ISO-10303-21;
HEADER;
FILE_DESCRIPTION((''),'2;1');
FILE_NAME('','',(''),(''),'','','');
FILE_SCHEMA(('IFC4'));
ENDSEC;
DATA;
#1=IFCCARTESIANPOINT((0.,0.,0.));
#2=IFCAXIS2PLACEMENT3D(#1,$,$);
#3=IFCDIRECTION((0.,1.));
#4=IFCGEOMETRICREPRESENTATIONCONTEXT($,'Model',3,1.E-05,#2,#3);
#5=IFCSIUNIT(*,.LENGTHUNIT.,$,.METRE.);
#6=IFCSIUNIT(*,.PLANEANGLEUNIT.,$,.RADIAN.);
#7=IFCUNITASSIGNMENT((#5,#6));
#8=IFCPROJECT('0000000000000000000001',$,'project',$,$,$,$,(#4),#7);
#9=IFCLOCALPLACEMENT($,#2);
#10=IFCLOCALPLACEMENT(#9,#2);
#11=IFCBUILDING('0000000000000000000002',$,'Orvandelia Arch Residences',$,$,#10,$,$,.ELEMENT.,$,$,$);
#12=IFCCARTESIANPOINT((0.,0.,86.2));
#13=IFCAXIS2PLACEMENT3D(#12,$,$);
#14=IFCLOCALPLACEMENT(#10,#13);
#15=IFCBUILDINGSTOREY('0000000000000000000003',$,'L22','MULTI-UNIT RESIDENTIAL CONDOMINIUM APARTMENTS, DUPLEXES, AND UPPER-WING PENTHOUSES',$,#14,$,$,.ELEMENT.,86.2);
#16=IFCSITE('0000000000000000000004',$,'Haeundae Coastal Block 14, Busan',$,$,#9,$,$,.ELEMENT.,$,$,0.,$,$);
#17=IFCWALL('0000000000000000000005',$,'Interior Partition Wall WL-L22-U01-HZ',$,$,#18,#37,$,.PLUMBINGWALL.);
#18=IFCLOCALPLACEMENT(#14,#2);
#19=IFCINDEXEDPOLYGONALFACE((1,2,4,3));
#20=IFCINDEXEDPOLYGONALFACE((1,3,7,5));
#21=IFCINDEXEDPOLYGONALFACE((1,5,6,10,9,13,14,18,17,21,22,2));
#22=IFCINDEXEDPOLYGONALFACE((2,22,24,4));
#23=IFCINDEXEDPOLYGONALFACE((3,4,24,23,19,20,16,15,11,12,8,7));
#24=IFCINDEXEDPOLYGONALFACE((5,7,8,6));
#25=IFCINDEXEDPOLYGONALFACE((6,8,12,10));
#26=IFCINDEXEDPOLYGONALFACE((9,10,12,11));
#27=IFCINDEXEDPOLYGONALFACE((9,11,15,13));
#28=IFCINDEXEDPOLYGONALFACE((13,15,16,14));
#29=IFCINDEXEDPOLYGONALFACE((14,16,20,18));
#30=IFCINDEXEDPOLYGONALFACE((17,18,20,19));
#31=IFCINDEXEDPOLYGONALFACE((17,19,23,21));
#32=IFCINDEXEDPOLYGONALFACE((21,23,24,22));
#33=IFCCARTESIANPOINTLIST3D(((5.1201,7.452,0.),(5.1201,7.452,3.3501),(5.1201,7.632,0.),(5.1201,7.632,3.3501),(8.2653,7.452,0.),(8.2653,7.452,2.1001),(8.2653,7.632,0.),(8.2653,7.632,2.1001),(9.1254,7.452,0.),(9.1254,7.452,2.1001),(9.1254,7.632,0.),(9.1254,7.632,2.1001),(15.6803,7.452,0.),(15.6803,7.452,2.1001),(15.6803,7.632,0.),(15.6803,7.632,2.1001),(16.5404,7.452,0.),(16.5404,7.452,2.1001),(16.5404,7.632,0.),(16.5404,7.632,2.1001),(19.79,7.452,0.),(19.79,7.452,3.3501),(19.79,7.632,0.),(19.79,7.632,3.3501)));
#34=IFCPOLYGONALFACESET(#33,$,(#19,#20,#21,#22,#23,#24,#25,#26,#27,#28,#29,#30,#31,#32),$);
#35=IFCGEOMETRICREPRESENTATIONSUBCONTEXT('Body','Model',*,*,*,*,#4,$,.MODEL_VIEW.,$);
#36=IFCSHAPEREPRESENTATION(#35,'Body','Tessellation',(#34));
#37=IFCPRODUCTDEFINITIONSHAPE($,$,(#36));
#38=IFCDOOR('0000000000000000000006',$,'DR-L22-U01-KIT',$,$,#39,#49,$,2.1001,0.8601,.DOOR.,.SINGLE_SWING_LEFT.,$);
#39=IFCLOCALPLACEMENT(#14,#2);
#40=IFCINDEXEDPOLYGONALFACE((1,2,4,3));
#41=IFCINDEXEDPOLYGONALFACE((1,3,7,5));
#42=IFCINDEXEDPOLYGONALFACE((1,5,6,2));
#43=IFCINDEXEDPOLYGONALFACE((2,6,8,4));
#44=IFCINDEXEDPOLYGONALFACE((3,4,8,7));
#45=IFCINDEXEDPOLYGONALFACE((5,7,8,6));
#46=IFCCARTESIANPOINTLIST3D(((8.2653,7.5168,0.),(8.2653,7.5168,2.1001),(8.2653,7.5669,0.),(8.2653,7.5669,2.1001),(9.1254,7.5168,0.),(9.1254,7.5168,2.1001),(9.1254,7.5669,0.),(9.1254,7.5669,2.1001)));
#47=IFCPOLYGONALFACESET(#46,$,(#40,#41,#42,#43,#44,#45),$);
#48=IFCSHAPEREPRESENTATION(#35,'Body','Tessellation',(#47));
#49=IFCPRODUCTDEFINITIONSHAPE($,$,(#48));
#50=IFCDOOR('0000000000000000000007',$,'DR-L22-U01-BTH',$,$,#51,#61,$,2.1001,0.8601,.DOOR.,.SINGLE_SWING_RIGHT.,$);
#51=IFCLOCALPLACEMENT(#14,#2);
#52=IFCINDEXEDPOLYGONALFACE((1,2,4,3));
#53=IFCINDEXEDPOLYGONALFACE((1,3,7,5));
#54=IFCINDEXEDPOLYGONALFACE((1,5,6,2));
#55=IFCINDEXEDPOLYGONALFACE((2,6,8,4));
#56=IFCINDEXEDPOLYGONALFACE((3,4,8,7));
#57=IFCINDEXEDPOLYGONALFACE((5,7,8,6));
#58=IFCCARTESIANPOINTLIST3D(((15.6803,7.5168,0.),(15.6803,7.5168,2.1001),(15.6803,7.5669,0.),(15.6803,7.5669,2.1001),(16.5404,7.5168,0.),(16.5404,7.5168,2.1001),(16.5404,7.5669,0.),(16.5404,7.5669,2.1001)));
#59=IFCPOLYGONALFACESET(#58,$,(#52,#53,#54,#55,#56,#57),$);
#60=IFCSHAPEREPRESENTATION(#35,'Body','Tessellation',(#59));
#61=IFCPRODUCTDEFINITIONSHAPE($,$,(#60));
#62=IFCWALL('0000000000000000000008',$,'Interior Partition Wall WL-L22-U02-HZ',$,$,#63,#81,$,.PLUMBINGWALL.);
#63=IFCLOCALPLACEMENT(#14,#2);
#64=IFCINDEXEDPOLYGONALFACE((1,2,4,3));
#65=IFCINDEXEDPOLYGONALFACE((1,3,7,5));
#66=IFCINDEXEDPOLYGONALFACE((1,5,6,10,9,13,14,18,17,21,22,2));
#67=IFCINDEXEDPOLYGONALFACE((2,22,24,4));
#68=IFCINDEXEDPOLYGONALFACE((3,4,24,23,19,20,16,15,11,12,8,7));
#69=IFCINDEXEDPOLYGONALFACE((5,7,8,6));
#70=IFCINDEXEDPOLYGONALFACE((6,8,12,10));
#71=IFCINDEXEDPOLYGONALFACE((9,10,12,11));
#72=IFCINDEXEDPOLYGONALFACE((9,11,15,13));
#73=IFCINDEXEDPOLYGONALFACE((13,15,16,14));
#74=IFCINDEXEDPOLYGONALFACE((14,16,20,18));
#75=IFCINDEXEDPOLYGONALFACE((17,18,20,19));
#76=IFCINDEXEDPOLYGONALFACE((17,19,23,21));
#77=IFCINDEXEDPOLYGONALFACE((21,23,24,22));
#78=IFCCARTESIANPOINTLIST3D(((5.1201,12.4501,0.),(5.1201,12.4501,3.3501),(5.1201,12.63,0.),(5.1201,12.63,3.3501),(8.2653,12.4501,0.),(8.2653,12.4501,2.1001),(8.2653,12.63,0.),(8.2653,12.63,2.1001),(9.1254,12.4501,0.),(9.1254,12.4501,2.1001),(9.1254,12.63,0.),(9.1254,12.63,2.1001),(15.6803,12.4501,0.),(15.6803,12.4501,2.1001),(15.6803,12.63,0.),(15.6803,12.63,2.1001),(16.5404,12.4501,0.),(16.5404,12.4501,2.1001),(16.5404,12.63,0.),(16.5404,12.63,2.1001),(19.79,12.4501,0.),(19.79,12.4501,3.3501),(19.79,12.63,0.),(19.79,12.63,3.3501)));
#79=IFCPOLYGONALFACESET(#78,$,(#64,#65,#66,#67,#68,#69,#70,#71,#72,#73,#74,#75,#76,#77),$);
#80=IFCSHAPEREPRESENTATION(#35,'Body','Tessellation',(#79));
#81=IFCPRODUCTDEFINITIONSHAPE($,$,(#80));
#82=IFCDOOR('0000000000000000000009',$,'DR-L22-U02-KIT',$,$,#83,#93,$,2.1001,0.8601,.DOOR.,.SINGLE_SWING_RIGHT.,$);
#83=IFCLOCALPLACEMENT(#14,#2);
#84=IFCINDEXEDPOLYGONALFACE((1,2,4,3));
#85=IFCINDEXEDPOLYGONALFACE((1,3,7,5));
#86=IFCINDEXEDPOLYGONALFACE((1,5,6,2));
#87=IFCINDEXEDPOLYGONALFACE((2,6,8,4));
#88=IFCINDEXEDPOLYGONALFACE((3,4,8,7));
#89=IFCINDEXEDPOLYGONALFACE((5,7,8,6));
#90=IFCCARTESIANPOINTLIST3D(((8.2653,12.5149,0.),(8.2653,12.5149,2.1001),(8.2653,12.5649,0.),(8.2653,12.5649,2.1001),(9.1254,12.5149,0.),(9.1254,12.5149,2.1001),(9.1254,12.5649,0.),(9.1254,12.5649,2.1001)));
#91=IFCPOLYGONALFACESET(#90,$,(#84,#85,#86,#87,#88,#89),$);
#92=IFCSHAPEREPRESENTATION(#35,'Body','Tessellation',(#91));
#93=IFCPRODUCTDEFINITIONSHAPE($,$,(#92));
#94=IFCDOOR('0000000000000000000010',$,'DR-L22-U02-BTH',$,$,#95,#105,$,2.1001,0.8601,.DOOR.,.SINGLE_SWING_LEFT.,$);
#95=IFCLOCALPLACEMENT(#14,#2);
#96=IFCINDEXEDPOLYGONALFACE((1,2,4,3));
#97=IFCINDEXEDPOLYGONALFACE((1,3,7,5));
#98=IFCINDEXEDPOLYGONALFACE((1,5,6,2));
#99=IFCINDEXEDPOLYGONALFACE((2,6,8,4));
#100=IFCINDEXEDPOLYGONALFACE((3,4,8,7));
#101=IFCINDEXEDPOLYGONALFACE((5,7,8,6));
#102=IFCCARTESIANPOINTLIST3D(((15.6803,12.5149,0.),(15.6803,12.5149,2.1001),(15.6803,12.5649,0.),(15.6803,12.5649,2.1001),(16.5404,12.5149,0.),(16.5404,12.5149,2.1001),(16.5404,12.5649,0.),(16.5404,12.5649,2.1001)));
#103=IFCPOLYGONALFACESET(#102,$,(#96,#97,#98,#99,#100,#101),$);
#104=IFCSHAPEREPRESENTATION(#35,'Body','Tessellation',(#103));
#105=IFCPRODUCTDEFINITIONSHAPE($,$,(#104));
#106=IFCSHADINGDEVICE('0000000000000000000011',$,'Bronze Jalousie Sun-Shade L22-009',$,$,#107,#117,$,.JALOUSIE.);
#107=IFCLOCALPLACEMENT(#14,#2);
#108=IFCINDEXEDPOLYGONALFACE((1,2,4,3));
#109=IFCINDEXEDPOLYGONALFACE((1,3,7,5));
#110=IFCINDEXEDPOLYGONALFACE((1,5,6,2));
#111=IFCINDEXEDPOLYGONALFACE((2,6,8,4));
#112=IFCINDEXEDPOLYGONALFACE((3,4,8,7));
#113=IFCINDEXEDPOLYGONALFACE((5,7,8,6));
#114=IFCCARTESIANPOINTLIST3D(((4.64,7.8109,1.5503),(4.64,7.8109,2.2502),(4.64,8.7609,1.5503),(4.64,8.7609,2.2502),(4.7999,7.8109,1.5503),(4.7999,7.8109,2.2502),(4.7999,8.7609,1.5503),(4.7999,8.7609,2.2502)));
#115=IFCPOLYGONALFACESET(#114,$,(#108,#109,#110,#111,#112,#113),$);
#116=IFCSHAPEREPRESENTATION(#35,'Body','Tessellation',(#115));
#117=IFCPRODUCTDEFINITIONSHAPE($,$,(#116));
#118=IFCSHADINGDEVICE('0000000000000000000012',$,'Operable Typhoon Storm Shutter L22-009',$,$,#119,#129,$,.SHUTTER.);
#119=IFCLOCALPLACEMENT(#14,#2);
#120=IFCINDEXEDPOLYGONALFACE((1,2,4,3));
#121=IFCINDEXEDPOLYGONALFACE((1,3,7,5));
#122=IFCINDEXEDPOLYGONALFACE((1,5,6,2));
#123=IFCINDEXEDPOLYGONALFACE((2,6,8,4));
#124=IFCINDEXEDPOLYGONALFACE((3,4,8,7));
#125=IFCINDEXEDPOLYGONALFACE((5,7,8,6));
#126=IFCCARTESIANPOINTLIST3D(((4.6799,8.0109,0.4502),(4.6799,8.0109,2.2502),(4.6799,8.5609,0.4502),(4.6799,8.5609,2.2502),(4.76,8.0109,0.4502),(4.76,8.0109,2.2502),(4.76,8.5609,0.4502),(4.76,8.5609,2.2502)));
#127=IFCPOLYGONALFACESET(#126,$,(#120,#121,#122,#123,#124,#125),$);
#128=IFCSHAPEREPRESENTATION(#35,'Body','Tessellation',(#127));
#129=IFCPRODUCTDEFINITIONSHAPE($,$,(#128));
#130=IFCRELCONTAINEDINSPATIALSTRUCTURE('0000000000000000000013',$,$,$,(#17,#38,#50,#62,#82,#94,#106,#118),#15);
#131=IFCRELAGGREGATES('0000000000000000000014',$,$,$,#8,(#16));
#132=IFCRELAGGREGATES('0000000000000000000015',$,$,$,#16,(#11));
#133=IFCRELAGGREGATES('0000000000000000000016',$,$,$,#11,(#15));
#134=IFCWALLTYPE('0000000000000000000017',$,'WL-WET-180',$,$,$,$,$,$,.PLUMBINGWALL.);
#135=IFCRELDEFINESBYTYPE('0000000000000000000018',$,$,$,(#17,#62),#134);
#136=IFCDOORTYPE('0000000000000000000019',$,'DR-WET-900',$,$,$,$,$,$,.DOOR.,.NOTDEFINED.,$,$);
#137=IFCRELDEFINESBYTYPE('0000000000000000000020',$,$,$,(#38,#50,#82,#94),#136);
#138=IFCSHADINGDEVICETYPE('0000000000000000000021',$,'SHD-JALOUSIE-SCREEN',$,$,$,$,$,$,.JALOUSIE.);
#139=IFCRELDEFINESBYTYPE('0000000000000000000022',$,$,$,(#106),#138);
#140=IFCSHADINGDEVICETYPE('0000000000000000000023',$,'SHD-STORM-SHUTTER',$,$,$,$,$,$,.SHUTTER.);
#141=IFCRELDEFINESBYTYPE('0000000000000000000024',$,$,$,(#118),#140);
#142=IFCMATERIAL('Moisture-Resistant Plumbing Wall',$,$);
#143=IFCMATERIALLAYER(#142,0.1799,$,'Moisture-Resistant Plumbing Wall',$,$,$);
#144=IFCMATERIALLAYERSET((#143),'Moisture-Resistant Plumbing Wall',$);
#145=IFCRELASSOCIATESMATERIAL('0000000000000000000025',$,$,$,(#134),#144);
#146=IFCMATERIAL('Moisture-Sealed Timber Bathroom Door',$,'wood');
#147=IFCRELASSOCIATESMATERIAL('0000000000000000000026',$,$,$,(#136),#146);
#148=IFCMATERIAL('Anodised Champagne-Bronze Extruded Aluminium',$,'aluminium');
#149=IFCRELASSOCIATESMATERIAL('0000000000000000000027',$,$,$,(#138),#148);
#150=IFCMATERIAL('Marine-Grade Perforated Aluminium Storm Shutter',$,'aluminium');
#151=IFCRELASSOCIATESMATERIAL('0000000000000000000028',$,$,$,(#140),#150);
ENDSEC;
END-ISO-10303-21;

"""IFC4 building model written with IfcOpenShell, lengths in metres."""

from ifc_helpers import new_model, si_unit, direction, frame, frame_2d, origin, origin_2d, place, context, subcontext, project, spatial, rectangle, extrude, material, layer, layer_set, type_object, element, fill, save


model = new_model("IFC4")

# Units and contexts
model_context = context("Model", 3, precision=1e-05, world=origin(), true_north=direction((0.0, 1.0)))
body_context = subcontext(model_context, "Body", "Model", "MODEL_VIEW")
ifc_project = project(units=[si_unit("LENGTHUNIT", "METRE"), si_unit("PLANEANGLEUNIT", "RADIAN")], contexts=[model_context])

# Site, building, storey
site_placement = place(None, origin())
site = spatial("IfcSite", under=ifc_project, at=site_placement, Name="Haeundae Coastal Block 14, Busan", CompositionType="ELEMENT", RefElevation=0.0)
building_placement = place(site_placement, origin())
building = spatial("IfcBuilding", under=site, at=building_placement, Name="Orvandelia Arch Residences", CompositionType="ELEMENT")
storey_placement = place(building_placement, frame((0.0, 0.0, 86.2)))
storey = spatial("IfcBuildingStorey", under=building, at=storey_placement, Name="L22", Description="MULTI-UNIT RESIDENTIAL CONDOMINIUM APARTMENTS, DUPLEXES, AND UPPER-WING PENTHOUSES", CompositionType="ELEMENT", Elevation=86.2)

# Walls, openings, doors
ifc_material_1 = material(Name="Moisture-Resistant Plumbing Wall")
ifc_layer_1 = layer(ifc_material_1, 0.1799, Name="Moisture-Resistant Plumbing Wall")
ifc_layer_set_1 = layer_set([ifc_layer_1], Name="Moisture-Resistant Plumbing Wall")
wall_type_1 = type_object("IfcWallType", Name="WL-WET-180", PredefinedType="PLUMBINGWALL", material=ifc_layer_set_1)
wall_1_placement = place(storey_placement, frame((5.1201, 7.542, 0.0), z_axis=(0.0, 0.0, 1.0), x_axis=(1.0, 0.0, 0.0)))
wall_1 = element("IfcWall", 1, at=wall_1_placement, inside=storey, type_object=wall_type_1, Name="Interior Partition Wall WL-L22-U01-HZ", PredefinedType="PLUMBINGWALL", context=body_context, shape_type="SweptSolid", body=[
    extrude(rectangle(XDim=14.6699, YDim=0.1799, at=frame_2d((7.335, 0.0))), origin(), (0.0, 0.0, 1.0), 3.3501),
])
opening_1_placement = place(wall_1_placement, frame((3.145, 0.0, 0.0)))
opening_1 = element("IfcOpeningElement", 2, at=opening_1_placement, cuts=wall_1, PredefinedType="OPENING", context=body_context, shape_type="SweptSolid", body=[
    extrude(rectangle(XDim=0.8601, YDim=2.1001, at=frame_2d((0.4302, 1.05))), frame((0.0, 0.1001, 0.0), z_axis=(0.0, -1.0, 0.0), x_axis=(1.0, 0.0, 0.0)), (0.0, 0.0, 1.0), 0.2),
])
opening_2_placement = place(wall_1_placement, frame((10.5601, 0.0, 0.0)))
opening_2 = element("IfcOpeningElement", 3, at=opening_2_placement, cuts=wall_1, PredefinedType="OPENING", context=body_context, shape_type="SweptSolid", body=[
    extrude(rectangle(XDim=0.8601, YDim=2.1001, at=frame_2d((0.4302, 1.05))), frame((0.0, 0.1001, 0.0), z_axis=(0.0, -1.0, 0.0), x_axis=(1.0, 0.0, 0.0)), (0.0, 0.0, 1.0), 0.2),
])
ifc_material_2 = material(Name="Moisture-Sealed Timber Bathroom Door", Category="wood")
door_type_1 = type_object("IfcDoorType", Name="DR-WET-900", OperationType="NOTDEFINED", PredefinedType="DOOR", material=ifc_material_2)
door_1_placement = place(opening_1_placement, origin())
door_1 = element("IfcDoor", 4, at=door_1_placement, inside=storey, type_object=door_type_1, Name="DR-L22-U01-KIT", OperationType="SINGLE_SWING_LEFT", OverallHeight=2.1001, OverallWidth=0.8601, PredefinedType="DOOR", context=body_context, shape_type="SweptSolid", body=[
    extrude(rectangle(XDim=0.8601, YDim=2.1001, at=frame_2d((0.4302, 1.05))), frame((0.0, 0.0249, 0.0), z_axis=(0.0, -1.0, 0.0), x_axis=(1.0, 0.0, 0.0)), (0.0, 0.0, 1.0), 0.05),
])
fill(opening_1, door_1)
door_2_placement = place(opening_2_placement, origin())
door_2 = element("IfcDoor", 5, at=door_2_placement, inside=storey, type_object=door_type_1, Name="DR-L22-U01-BTH", OperationType="SINGLE_SWING_RIGHT", OverallHeight=2.1001, OverallWidth=0.8601, PredefinedType="DOOR", context=body_context, shape_type="SweptSolid", body=[
    extrude(rectangle(XDim=0.8601, YDim=2.1001, at=frame_2d((0.4302, 1.05))), frame((0.0, 0.0249, 0.0), z_axis=(0.0, -1.0, 0.0), x_axis=(1.0, 0.0, 0.0)), (0.0, 0.0, 1.0), 0.05),
])
fill(opening_2, door_2)
wall_2_placement = place(storey_placement, frame((5.1201, 12.54, 0.0), z_axis=(0.0, 0.0, 1.0), x_axis=(1.0, 0.0, 0.0)))
wall_2 = element("IfcWall", 6, at=wall_2_placement, inside=storey, type_object=wall_type_1, Name="Interior Partition Wall WL-L22-U02-HZ", PredefinedType="PLUMBINGWALL", context=body_context, shape_type="SweptSolid", body=[
    extrude(rectangle(XDim=14.6699, YDim=0.1799, at=frame_2d((7.335, 0.0))), origin(), (0.0, 0.0, 1.0), 3.3501),
])
opening_3_placement = place(wall_2_placement, frame((3.145, 0.0, 0.0)))
opening_3 = element("IfcOpeningElement", 7, at=opening_3_placement, cuts=wall_2, PredefinedType="OPENING", context=body_context, shape_type="SweptSolid", body=[
    extrude(rectangle(XDim=0.8601, YDim=2.1001, at=frame_2d((0.4302, 1.05))), frame((0.0, 0.1001, 0.0), z_axis=(0.0, -1.0, 0.0), x_axis=(1.0, 0.0, 0.0)), (0.0, 0.0, 1.0), 0.2),
])
opening_4_placement = place(wall_2_placement, frame((10.5601, 0.0, 0.0)))
opening_4 = element("IfcOpeningElement", 8, at=opening_4_placement, cuts=wall_2, PredefinedType="OPENING", context=body_context, shape_type="SweptSolid", body=[
    extrude(rectangle(XDim=0.8601, YDim=2.1001, at=frame_2d((0.4302, 1.05))), frame((0.0, 0.1001, 0.0), z_axis=(0.0, -1.0, 0.0), x_axis=(1.0, 0.0, 0.0)), (0.0, 0.0, 1.0), 0.2),
])
door_3_placement = place(opening_3_placement, origin())
door_3 = element("IfcDoor", 9, at=door_3_placement, inside=storey, type_object=door_type_1, Name="DR-L22-U02-KIT", OperationType="SINGLE_SWING_RIGHT", OverallHeight=2.1001, OverallWidth=0.8601, PredefinedType="DOOR", context=body_context, shape_type="SweptSolid", body=[
    extrude(rectangle(XDim=0.8601, YDim=2.1001, at=frame_2d((0.4302, 1.05))), frame((0.0, 0.0249, 0.0), z_axis=(0.0, -1.0, 0.0), x_axis=(1.0, 0.0, 0.0)), (0.0, 0.0, 1.0), 0.05),
])
fill(opening_3, door_3)
door_4_placement = place(opening_4_placement, origin())
door_4 = element("IfcDoor", 10, at=door_4_placement, inside=storey, type_object=door_type_1, Name="DR-L22-U02-BTH", OperationType="SINGLE_SWING_LEFT", OverallHeight=2.1001, OverallWidth=0.8601, PredefinedType="DOOR", context=body_context, shape_type="SweptSolid", body=[
    extrude(rectangle(XDim=0.8601, YDim=2.1001, at=frame_2d((0.4302, 1.05))), frame((0.0, 0.0249, 0.0), z_axis=(0.0, -1.0, 0.0), x_axis=(1.0, 0.0, 0.0)), (0.0, 0.0, 1.0), 0.05),
])
fill(opening_4, door_4)

# Shading devices
ifc_material_3 = material(Name="Anodised Champagne-Bronze Extruded Aluminium", Category="aluminium")
shading_device_type_1 = type_object("IfcShadingDeviceType", Name="SHD-JALOUSIE-SCREEN", PredefinedType="JALOUSIE", material=ifc_material_3)
shading_device_1_placement = place(storey_placement, frame((4.72, 8.2859, 1.5503), z_axis=(0.0, 0.0, 1.0), x_axis=(0.0, 1.0, 0.0)))
element("IfcShadingDevice", 11, at=shading_device_1_placement, inside=storey, type_object=shading_device_type_1, Name="Bronze Jalousie Sun-Shade L22-009", PredefinedType="JALOUSIE", context=body_context, shape_type="SweptSolid", body=[
    extrude(rectangle(XDim=0.95, YDim=0.1599, at=origin_2d()), origin(), (0.0, 0.0, 1.0), 0.7),
])
ifc_material_4 = material(Name="Marine-Grade Perforated Aluminium Storm Shutter", Category="aluminium")
shading_device_type_2 = type_object("IfcShadingDeviceType", Name="SHD-STORM-SHUTTER", PredefinedType="SHUTTER", material=ifc_material_4)
shading_device_2_placement = place(storey_placement, frame((4.72, 8.2859, 0.4502), z_axis=(0.0, 0.0, 1.0), x_axis=(0.0, 1.0, 0.0)))
element("IfcShadingDevice", 12, at=shading_device_2_placement, inside=storey, type_object=shading_device_type_2, Name="Operable Typhoon Storm Shutter L22-009", PredefinedType="SHUTTER", context=body_context, shape_type="SweptSolid", body=[
    extrude(rectangle(XDim=0.55, YDim=0.0801, at=origin_2d()), origin(), (0.0, 0.0, 1.0), 1.8),
])

save(model, "model.ifc")
